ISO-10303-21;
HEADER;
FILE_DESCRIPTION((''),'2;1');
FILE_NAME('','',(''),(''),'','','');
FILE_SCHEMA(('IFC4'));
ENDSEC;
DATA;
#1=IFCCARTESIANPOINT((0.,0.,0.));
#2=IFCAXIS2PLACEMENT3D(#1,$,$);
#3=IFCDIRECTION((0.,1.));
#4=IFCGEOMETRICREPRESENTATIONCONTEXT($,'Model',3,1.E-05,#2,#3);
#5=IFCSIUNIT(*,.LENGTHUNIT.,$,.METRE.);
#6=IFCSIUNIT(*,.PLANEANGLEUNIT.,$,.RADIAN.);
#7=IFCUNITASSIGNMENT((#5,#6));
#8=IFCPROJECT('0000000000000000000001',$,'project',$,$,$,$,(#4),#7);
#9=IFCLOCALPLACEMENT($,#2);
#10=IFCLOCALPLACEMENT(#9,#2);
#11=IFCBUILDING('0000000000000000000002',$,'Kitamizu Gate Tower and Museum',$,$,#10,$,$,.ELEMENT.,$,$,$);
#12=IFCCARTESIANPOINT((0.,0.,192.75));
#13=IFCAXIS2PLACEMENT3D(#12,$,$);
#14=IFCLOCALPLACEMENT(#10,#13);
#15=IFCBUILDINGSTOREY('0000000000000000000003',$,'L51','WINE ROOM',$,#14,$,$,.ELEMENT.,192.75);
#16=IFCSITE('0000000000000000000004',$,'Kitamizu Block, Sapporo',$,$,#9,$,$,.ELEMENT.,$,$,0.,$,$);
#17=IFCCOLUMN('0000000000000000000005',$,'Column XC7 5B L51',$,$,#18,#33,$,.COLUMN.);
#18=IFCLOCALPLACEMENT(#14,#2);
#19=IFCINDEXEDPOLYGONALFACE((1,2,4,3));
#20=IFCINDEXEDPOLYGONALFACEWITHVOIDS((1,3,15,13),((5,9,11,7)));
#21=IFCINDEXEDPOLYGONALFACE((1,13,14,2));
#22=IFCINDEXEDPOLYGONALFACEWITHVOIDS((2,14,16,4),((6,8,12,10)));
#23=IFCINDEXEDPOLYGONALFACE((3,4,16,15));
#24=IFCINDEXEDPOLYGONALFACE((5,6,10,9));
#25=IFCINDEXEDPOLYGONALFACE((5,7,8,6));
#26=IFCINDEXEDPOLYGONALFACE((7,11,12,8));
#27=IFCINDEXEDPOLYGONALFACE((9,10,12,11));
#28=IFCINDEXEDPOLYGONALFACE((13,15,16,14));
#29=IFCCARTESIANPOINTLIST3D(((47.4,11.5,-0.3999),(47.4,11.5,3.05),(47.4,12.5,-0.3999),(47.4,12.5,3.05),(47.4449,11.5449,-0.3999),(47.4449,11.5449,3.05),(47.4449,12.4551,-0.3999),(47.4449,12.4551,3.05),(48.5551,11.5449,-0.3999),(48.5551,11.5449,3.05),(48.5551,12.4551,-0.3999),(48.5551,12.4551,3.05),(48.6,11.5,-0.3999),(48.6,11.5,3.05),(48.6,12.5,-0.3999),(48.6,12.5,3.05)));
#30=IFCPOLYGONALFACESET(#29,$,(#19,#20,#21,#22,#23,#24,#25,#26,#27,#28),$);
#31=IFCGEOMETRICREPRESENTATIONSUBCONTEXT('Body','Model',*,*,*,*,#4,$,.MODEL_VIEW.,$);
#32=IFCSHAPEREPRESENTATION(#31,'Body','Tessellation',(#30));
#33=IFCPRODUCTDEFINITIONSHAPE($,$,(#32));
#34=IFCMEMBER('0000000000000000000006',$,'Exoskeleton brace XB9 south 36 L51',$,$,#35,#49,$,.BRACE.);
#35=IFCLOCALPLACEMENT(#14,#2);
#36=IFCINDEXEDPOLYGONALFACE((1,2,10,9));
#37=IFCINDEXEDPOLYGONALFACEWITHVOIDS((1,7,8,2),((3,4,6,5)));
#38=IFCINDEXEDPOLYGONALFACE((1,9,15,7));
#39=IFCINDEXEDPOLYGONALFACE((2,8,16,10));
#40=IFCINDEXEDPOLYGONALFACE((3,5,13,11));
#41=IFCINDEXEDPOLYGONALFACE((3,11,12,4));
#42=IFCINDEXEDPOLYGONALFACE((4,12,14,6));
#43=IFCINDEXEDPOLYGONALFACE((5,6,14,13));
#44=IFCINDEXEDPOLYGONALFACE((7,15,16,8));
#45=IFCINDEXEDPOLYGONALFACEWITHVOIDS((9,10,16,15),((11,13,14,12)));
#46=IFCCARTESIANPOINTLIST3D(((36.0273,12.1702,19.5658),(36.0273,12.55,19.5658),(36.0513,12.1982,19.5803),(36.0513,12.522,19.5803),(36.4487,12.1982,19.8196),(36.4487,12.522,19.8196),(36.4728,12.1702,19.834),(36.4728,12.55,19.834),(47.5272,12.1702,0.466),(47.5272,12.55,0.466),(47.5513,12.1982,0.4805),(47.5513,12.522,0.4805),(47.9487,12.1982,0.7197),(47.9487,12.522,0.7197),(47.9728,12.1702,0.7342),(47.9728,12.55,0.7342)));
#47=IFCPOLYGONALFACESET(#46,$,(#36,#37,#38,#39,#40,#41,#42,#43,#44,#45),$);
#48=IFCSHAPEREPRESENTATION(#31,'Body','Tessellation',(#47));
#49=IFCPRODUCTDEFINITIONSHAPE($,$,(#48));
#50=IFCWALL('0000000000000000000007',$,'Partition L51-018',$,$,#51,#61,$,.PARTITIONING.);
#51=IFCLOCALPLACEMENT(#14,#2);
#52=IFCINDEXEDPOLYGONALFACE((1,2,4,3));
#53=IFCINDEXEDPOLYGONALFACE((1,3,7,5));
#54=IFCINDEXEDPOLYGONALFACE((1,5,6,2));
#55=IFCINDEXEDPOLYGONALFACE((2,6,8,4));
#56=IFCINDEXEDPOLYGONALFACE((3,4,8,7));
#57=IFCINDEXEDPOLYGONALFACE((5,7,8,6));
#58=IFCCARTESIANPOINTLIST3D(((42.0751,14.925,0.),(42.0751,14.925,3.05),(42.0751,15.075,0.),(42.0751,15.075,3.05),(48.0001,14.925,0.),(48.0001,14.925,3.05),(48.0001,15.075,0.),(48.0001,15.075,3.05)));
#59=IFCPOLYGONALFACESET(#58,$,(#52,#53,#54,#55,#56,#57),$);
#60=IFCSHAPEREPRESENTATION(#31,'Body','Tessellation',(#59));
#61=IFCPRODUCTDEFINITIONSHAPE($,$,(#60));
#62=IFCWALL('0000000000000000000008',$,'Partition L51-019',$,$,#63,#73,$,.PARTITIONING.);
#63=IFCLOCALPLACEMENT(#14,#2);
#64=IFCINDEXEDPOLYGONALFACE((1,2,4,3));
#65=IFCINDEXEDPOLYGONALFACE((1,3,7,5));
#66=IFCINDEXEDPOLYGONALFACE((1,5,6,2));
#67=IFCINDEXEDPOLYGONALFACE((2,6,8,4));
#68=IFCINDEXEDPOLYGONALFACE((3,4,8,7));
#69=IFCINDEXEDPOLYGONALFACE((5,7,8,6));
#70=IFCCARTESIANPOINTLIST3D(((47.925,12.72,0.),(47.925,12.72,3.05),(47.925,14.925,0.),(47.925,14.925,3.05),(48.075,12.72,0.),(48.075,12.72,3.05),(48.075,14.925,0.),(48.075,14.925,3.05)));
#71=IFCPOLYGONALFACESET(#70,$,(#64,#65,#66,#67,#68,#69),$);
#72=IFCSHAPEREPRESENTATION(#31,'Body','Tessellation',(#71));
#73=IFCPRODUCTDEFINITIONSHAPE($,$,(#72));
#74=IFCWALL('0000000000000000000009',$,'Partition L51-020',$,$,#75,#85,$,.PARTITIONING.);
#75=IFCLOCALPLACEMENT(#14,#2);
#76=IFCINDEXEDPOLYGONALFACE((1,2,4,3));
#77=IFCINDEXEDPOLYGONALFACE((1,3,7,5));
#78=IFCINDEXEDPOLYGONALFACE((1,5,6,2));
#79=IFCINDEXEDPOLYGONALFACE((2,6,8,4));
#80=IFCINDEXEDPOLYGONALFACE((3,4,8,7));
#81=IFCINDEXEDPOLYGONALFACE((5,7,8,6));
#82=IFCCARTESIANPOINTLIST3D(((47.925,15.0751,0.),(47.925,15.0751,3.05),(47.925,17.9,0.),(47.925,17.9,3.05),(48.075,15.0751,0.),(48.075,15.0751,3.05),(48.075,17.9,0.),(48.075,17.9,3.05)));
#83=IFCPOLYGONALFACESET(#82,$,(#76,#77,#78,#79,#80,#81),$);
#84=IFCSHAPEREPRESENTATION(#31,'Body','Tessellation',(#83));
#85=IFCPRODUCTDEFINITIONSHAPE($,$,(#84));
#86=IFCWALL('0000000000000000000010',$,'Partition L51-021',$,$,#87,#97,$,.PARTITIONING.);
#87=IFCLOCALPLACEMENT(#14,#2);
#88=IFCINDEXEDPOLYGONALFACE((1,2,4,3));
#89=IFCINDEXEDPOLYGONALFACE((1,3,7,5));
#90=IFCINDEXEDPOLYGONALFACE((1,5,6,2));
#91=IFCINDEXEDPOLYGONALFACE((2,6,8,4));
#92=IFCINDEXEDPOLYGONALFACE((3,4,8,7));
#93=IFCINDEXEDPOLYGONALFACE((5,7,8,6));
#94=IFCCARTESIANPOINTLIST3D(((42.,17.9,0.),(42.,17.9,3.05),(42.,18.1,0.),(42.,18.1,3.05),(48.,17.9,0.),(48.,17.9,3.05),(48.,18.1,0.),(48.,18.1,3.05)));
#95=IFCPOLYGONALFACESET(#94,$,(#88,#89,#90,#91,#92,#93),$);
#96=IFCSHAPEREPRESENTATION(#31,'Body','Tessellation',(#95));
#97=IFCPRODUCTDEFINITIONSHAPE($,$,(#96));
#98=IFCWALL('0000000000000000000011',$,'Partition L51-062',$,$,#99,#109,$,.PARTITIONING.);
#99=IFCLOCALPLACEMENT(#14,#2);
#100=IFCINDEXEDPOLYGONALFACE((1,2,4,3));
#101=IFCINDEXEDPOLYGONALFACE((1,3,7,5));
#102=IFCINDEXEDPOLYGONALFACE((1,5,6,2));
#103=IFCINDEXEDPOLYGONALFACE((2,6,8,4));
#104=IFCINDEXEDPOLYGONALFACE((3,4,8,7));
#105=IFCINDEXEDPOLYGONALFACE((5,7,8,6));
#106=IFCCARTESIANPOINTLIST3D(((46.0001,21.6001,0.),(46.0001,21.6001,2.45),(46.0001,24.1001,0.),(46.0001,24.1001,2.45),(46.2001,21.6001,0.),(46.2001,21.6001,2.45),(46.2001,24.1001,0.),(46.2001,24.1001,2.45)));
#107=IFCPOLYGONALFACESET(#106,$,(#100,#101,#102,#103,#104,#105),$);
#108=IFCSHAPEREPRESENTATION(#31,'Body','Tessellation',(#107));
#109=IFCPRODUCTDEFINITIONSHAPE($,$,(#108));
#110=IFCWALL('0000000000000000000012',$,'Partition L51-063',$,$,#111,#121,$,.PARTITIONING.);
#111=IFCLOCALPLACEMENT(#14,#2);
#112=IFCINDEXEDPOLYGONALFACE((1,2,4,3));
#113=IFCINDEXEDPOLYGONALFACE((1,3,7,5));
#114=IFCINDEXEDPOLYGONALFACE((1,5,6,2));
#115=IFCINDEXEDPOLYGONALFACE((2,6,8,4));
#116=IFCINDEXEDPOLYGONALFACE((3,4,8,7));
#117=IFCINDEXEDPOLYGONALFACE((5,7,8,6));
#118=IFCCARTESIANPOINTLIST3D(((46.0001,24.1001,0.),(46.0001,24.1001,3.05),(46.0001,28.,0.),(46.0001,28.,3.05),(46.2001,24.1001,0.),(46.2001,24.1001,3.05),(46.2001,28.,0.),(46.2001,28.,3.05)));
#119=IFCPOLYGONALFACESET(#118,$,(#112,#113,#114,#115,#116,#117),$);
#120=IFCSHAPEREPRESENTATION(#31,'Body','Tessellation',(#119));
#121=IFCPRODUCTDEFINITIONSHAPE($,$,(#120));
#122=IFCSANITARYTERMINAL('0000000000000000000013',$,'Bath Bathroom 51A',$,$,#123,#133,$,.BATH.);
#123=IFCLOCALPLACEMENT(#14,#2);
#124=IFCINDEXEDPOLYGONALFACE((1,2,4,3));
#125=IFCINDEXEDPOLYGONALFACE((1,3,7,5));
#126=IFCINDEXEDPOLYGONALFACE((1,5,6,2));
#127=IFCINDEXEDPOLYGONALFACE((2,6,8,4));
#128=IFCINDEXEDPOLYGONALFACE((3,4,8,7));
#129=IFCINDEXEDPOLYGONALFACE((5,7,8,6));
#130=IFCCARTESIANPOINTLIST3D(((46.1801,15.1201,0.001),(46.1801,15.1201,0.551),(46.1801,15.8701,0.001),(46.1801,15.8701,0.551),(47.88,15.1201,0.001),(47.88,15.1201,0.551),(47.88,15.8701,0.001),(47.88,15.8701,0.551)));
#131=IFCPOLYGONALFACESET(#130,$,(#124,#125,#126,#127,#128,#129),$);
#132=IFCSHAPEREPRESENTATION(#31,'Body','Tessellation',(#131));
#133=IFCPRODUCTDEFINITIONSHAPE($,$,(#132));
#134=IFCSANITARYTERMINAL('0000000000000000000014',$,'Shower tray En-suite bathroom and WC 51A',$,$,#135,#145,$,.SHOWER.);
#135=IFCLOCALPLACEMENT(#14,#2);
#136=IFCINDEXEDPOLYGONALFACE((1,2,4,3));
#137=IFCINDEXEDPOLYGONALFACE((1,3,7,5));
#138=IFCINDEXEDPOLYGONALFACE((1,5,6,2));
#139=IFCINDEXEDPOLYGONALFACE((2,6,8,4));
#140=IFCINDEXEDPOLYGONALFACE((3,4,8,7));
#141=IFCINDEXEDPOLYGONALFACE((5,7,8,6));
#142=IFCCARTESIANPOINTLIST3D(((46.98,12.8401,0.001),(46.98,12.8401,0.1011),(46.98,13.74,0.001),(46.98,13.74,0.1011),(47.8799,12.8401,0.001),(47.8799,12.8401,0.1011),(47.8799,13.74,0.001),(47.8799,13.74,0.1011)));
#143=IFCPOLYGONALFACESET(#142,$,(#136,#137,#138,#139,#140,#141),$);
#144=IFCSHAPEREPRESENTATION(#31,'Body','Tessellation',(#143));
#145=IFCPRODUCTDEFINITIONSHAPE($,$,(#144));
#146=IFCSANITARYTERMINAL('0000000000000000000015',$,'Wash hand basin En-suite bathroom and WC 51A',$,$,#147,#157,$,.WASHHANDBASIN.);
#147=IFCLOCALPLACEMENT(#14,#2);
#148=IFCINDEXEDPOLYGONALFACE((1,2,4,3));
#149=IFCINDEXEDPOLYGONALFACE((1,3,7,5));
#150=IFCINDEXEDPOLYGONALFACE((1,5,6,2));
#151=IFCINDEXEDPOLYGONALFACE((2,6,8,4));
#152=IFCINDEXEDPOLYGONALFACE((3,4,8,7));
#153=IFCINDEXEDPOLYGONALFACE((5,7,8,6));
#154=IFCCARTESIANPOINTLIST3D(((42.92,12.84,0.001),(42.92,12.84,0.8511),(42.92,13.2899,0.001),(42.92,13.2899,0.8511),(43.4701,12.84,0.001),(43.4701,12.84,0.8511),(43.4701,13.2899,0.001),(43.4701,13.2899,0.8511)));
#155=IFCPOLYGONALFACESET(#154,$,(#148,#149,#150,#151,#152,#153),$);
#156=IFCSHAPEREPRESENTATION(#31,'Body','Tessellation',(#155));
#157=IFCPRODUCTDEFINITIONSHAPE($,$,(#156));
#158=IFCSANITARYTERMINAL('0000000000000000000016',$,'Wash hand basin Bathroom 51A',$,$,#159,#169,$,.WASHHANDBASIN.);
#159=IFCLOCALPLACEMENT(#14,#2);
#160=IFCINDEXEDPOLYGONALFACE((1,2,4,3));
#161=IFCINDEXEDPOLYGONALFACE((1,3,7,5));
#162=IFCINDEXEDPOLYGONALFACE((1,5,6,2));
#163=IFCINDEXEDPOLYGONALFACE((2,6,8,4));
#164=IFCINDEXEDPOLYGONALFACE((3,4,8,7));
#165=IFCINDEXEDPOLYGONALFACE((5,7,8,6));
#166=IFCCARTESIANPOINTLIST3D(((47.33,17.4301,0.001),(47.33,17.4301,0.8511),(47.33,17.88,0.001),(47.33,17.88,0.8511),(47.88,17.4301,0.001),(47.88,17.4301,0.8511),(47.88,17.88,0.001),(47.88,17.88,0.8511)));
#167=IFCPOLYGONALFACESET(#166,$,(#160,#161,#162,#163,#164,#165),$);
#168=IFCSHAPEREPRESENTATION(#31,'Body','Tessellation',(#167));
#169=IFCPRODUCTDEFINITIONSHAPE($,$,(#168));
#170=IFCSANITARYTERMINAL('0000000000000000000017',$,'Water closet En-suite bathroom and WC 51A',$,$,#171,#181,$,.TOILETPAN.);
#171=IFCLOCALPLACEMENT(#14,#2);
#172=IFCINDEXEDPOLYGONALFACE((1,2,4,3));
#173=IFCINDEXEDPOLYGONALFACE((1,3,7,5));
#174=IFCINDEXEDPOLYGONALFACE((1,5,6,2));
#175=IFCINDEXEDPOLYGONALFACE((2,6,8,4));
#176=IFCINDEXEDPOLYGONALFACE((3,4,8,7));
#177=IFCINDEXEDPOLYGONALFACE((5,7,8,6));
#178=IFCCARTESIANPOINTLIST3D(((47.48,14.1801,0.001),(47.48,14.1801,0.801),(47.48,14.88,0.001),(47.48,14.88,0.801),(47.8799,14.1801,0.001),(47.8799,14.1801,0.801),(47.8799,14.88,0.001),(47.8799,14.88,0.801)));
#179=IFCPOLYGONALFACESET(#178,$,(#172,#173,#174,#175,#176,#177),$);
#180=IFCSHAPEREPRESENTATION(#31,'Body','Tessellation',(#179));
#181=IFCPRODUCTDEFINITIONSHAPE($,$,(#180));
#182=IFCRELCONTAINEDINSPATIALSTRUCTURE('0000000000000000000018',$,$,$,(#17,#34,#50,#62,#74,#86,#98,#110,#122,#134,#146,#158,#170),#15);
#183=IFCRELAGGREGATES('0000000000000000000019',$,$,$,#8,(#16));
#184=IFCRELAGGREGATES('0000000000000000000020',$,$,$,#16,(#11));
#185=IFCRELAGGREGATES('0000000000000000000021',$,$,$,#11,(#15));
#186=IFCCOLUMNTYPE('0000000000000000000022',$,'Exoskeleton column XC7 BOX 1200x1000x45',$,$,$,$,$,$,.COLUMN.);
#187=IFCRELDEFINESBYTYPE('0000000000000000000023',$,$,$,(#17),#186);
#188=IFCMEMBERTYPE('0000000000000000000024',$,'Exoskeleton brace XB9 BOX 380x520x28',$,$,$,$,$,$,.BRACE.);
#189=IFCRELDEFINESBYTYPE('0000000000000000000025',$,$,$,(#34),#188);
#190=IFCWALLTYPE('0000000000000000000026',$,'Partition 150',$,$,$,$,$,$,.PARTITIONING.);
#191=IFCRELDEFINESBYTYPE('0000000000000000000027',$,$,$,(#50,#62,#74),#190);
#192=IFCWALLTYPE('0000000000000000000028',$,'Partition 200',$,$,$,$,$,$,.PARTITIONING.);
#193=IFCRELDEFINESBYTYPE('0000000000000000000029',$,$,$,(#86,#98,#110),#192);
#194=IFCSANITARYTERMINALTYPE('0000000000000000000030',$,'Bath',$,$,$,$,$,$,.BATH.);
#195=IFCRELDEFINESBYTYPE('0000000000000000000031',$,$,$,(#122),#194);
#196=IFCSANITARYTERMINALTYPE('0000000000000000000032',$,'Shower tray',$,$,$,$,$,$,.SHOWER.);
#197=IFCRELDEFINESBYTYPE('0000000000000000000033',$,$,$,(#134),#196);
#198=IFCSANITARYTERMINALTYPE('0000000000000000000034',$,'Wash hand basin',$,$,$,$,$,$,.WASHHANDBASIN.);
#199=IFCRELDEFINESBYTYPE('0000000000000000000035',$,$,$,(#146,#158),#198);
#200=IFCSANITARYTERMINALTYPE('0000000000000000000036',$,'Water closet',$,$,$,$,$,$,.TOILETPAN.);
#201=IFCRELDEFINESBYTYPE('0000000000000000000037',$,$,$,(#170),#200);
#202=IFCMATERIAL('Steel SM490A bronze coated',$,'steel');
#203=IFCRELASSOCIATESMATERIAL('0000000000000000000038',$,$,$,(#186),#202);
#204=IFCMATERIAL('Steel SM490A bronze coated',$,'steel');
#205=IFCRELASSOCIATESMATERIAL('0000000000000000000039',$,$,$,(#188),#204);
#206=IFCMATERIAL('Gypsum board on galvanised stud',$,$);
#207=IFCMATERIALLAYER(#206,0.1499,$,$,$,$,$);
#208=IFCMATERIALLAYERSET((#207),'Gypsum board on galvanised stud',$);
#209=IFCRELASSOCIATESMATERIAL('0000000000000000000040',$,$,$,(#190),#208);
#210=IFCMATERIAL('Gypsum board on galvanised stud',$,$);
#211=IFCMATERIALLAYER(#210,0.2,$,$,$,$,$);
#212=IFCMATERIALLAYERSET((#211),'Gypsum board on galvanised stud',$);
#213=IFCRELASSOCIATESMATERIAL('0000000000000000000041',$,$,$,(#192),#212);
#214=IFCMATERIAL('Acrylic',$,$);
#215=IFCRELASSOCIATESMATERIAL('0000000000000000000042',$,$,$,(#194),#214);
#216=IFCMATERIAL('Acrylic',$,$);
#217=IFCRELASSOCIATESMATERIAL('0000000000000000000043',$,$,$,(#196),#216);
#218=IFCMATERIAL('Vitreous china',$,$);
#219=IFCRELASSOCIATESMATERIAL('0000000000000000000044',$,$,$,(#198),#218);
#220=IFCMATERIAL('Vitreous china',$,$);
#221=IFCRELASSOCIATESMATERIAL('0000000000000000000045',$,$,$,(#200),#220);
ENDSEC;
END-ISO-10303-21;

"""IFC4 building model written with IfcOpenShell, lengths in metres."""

from ifc_helpers import new_model, si_unit, direction, frame, frame_2d, origin, origin_2d, place, context, subcontext, project, spatial, rectangle, hollow_rectangle, extrude, material, layer, layer_set, material_profile, profile_set, type_object, element, save


model = new_model("IFC4")

# Units and contexts
model_context = context("Model", 3, precision=1e-05, world=origin(), true_north=direction((0.0, 1.0)))
body_context = subcontext(model_context, "Body", "Model", "MODEL_VIEW")
ifc_project = project(units=[si_unit("LENGTHUNIT", "METRE"), si_unit("PLANEANGLEUNIT", "RADIAN")], contexts=[model_context])

# Site, building, storey
site_placement = place(None, origin())
site = spatial("IfcSite", under=ifc_project, at=site_placement, Name="Kitamizu Block, Sapporo", CompositionType="ELEMENT", RefElevation=0.0)
building_placement = place(site_placement, origin())
building = spatial("IfcBuilding", under=site, at=building_placement, Name="Kitamizu Gate Tower and Museum", CompositionType="ELEMENT")
storey_placement = place(building_placement, frame((0.0, 0.0, 192.75)))
storey = spatial("IfcBuildingStorey", under=building, at=storey_placement, Name="L51", Description="WINE ROOM", CompositionType="ELEMENT", Elevation=192.75)

# Column
ifc_material_1 = material(Name="Steel SM490A bronze coated", Category="steel")
ifc_material_profile_1 = material_profile(ifc_material_1, hollow_rectangle(XDim=1.2, YDim=1.0, WallThickness=0.0449, at=origin_2d()), Name="BOX 1200x1000x45")
ifc_profile_set_1 = profile_set([ifc_material_profile_1], Name="Steel SM490A bronze coated")
column_type = type_object("IfcColumnType", Name="Exoskeleton column XC7 BOX 1200x1000x45", PredefinedType="COLUMN", material=ifc_profile_set_1)
column_placement = place(storey_placement, frame((48.0, 12.0, -0.3999), z_axis=(0.0, 0.0, 1.0), x_axis=(1.0, 0.0, 0.0)))
element("IfcColumn", 1, at=column_placement, inside=storey, type_object=column_type, Name="Column XC7 5B L51", PredefinedType="COLUMN", context=body_context, shape_type="SweptSolid", body=[
    extrude(hollow_rectangle(XDim=1.2, YDim=1.0, WallThickness=0.0449, at=origin_2d()), origin(), (0.0, 0.0, 1.0), 3.45),
])

# Member
ifc_material_2 = material(Name="Steel SM490A bronze coated", Category="steel")
ifc_material_profile_2 = material_profile(ifc_material_2, hollow_rectangle(XDim=0.3799, YDim=0.52, WallThickness=0.0281, at=origin_2d()), Name="BOX 380x520x28")
ifc_profile_set_2 = profile_set([ifc_material_profile_2], Name="Steel SM490A bronze coated")
member_type = type_object("IfcMemberType", Name="Exoskeleton brace XB9 BOX 380x520x28", PredefinedType="BRACE", material=ifc_profile_set_2)
member_placement = place(storey_placement, frame((47.75, 12.3601, 0.6001), z_axis=(-0.515817, 0.0, 0.856699), x_axis=(0.0, -1.0, 0.0)))
element("IfcMember", 2, at=member_placement, inside=storey, type_object=member_type, Name="Exoskeleton brace XB9 south 36 L51", PredefinedType="BRACE", context=body_context, shape_type="SweptSolid", body=[
    extrude(hollow_rectangle(XDim=0.3799, YDim=0.52, WallThickness=0.0281, at=origin_2d()), origin(), (0.0, 0.0, 1.0), 22.2947),
])

# Walls
ifc_material_3 = material(Name="Gypsum board on galvanised stud")
ifc_layer_1 = layer(ifc_material_3, 0.1499)
ifc_layer_set_1 = layer_set([ifc_layer_1], Name="Gypsum board on galvanised stud")
wall_type_1 = type_object("IfcWallType", Name="Partition 150", PredefinedType="PARTITIONING", material=ifc_layer_set_1)
wall_1_placement = place(storey_placement, frame((48.0, 15.0, 0.0), z_axis=(0.0, 0.0, 1.0), x_axis=(-1.0, 0.0, 0.0)))
element("IfcWall", 3, at=wall_1_placement, inside=storey, type_object=wall_type_1, Name="Partition L51-018", PredefinedType="PARTITIONING", context=body_context, shape_type="SweptSolid", body=[
    extrude(rectangle(XDim=5.925, YDim=0.1499, at=frame_2d((2.9624, 0.0))), origin(), (0.0, 0.0, 1.0), 3.05),
])
wall_2_placement = place(storey_placement, frame((48.0, 12.72, 0.0), z_axis=(0.0, 0.0, 1.0), x_axis=(0.0, 1.0, 0.0)))
element("IfcWall", 4, at=wall_2_placement, inside=storey, type_object=wall_type_1, Name="Partition L51-019", PredefinedType="PARTITIONING", context=body_context, shape_type="SweptSolid", body=[
    extrude(rectangle(XDim=2.2051, YDim=0.1499, at=frame_2d((1.1025, 0.0))), origin(), (0.0, 0.0, 1.0), 3.05),
])
wall_3_placement = place(storey_placement, frame((48.0, 15.075, 0.0), z_axis=(0.0, 0.0, 1.0), x_axis=(0.0, 1.0, 0.0)))
element("IfcWall", 5, at=wall_3_placement, inside=storey, type_object=wall_type_1, Name="Partition L51-020", PredefinedType="PARTITIONING", context=body_context, shape_type="SweptSolid", body=[
    extrude(rectangle(XDim=2.825, YDim=0.1499, at=frame_2d((1.4126, 0.0))), origin(), (0.0, 0.0, 1.0), 3.05),
])
ifc_material_4 = material(Name="Gypsum board on galvanised stud")
ifc_layer_2 = layer(ifc_material_4, 0.2)
ifc_layer_set_2 = layer_set([ifc_layer_2], Name="Gypsum board on galvanised stud")
wall_type_2 = type_object("IfcWallType", Name="Partition 200", PredefinedType="PARTITIONING", material=ifc_layer_set_2)
wall_4_placement = place(storey_placement, frame((48.0, 18.0, 0.0), z_axis=(0.0, 0.0, 1.0), x_axis=(-1.0, 0.0, 0.0)))
element("IfcWall", 6, at=wall_4_placement, inside=storey, type_object=wall_type_2, Name="Partition L51-021", PredefinedType="PARTITIONING", context=body_context, shape_type="SweptSolid", body=[
    extrude(rectangle(XDim=6.0, YDim=0.2, at=frame_2d((3.0, 0.0))), origin(), (0.0, 0.0, 1.0), 3.05),
])
wall_5_placement = place(storey_placement, frame((46.1001, 21.6001, 0.0), z_axis=(0.0, 0.0, 1.0), x_axis=(0.0, 1.0, 0.0)))
element("IfcWall", 7, at=wall_5_placement, inside=storey, type_object=wall_type_2, Name="Partition L51-062", PredefinedType="PARTITIONING", context=body_context, shape_type="SweptSolid", body=[
    extrude(rectangle(XDim=2.5, YDim=0.2, at=frame_2d((1.25, 0.0))), origin(), (0.0, 0.0, 1.0), 2.45),
])
wall_6_placement = place(storey_placement, frame((46.1001, 24.1001, 0.0), z_axis=(0.0, 0.0, 1.0), x_axis=(0.0, 1.0, 0.0)))
element("IfcWall", 8, at=wall_6_placement, inside=storey, type_object=wall_type_2, Name="Partition L51-063", PredefinedType="PARTITIONING", context=body_context, shape_type="SweptSolid", body=[
    extrude(rectangle(XDim=3.8999, YDim=0.2, at=frame_2d((1.95, 0.0))), origin(), (0.0, 0.0, 1.0), 3.05),
])

# Sanitary terminals
ifc_material_5 = material(Name="Acrylic")
sanitary_terminal_type_1 = type_object("IfcSanitaryTerminalType", Name="Bath", PredefinedType="BATH", material=ifc_material_5)
sanitary_terminal_1_placement = place(storey_placement, frame((47.03, 15.4951, 0.001), z_axis=(0.0, 0.0, 1.0), x_axis=(1.0, 0.0, 0.0)))
element("IfcSanitaryTerminal", 9, at=sanitary_terminal_1_placement, inside=storey, type_object=sanitary_terminal_type_1, Name="Bath Bathroom 51A", PredefinedType="BATH", context=body_context, shape_type="SweptSolid", body=[
    extrude(rectangle(XDim=1.7, YDim=0.75, at=origin_2d()), origin(), (0.0, 0.0, 1.0), 0.55),
])
ifc_material_6 = material(Name="Acrylic")
sanitary_terminal_type_2 = type_object("IfcSanitaryTerminalType", Name="Shower tray", PredefinedType="SHOWER", material=ifc_material_6)
sanitary_terminal_2_placement = place(storey_placement, frame((47.4299, 13.29, 0.001), z_axis=(0.0, 0.0, 1.0), x_axis=(1.0, 0.0, 0.0)))
element("IfcSanitaryTerminal", 10, at=sanitary_terminal_2_placement, inside=storey, type_object=sanitary_terminal_type_2, Name="Shower tray En-suite bathroom and WC 51A", PredefinedType="SHOWER", context=body_context, shape_type="SweptSolid", body=[
    extrude(rectangle(XDim=0.8999, YDim=0.8999, at=origin_2d()), origin(), (0.0, 0.0, 1.0), 0.1001),
])
ifc_material_7 = material(Name="Vitreous china")
sanitary_terminal_type_3 = type_object("IfcSanitaryTerminalType", Name="Wash hand basin", PredefinedType="WASHHANDBASIN", material=ifc_material_7)
for number, where, z_axis, x_axis, name in (
    (11, (43.1951, 13.0649, 0.001), (0.0, 0.0, 1.0), (1.0, 0.0, 0.0), "Wash hand basin En-suite bathroom and WC 51A"),
    (12, (47.605, 17.655, 0.001), (0.0, 0.0, 1.0), (1.0, 0.0, 0.0), "Wash hand basin Bathroom 51A"),
):
    element("IfcSanitaryTerminal", number, at=place(storey_placement, frame(where, z_axis=z_axis, x_axis=x_axis)), inside=storey, type_object=sanitary_terminal_type_3, Name=name, PredefinedType="WASHHANDBASIN", context=body_context, shape_type="SweptSolid", body=[
        extrude(rectangle(XDim=0.55, YDim=0.45, at=origin_2d()), origin(), (0.0, 0.0, 1.0), 0.8501),
    ])
ifc_material_8 = material(Name="Vitreous china")
sanitary_terminal_type_4 = type_object("IfcSanitaryTerminalType", Name="Water closet", PredefinedType="TOILETPAN", material=ifc_material_8)
sanitary_terminal_3_placement = place(storey_placement, frame((47.6799, 14.53, 0.001), z_axis=(0.0, 0.0, 1.0), x_axis=(1.0, 0.0, 0.0)))
element("IfcSanitaryTerminal", 13, at=sanitary_terminal_3_placement, inside=storey, type_object=sanitary_terminal_type_4, Name="Water closet En-suite bathroom and WC 51A", PredefinedType="TOILETPAN", context=body_context, shape_type="SweptSolid", body=[
    extrude(rectangle(XDim=0.3999, YDim=0.7, at=origin_2d()), origin(), (0.0, 0.0, 1.0), 0.8),
])

save(model, "model.ifc")
